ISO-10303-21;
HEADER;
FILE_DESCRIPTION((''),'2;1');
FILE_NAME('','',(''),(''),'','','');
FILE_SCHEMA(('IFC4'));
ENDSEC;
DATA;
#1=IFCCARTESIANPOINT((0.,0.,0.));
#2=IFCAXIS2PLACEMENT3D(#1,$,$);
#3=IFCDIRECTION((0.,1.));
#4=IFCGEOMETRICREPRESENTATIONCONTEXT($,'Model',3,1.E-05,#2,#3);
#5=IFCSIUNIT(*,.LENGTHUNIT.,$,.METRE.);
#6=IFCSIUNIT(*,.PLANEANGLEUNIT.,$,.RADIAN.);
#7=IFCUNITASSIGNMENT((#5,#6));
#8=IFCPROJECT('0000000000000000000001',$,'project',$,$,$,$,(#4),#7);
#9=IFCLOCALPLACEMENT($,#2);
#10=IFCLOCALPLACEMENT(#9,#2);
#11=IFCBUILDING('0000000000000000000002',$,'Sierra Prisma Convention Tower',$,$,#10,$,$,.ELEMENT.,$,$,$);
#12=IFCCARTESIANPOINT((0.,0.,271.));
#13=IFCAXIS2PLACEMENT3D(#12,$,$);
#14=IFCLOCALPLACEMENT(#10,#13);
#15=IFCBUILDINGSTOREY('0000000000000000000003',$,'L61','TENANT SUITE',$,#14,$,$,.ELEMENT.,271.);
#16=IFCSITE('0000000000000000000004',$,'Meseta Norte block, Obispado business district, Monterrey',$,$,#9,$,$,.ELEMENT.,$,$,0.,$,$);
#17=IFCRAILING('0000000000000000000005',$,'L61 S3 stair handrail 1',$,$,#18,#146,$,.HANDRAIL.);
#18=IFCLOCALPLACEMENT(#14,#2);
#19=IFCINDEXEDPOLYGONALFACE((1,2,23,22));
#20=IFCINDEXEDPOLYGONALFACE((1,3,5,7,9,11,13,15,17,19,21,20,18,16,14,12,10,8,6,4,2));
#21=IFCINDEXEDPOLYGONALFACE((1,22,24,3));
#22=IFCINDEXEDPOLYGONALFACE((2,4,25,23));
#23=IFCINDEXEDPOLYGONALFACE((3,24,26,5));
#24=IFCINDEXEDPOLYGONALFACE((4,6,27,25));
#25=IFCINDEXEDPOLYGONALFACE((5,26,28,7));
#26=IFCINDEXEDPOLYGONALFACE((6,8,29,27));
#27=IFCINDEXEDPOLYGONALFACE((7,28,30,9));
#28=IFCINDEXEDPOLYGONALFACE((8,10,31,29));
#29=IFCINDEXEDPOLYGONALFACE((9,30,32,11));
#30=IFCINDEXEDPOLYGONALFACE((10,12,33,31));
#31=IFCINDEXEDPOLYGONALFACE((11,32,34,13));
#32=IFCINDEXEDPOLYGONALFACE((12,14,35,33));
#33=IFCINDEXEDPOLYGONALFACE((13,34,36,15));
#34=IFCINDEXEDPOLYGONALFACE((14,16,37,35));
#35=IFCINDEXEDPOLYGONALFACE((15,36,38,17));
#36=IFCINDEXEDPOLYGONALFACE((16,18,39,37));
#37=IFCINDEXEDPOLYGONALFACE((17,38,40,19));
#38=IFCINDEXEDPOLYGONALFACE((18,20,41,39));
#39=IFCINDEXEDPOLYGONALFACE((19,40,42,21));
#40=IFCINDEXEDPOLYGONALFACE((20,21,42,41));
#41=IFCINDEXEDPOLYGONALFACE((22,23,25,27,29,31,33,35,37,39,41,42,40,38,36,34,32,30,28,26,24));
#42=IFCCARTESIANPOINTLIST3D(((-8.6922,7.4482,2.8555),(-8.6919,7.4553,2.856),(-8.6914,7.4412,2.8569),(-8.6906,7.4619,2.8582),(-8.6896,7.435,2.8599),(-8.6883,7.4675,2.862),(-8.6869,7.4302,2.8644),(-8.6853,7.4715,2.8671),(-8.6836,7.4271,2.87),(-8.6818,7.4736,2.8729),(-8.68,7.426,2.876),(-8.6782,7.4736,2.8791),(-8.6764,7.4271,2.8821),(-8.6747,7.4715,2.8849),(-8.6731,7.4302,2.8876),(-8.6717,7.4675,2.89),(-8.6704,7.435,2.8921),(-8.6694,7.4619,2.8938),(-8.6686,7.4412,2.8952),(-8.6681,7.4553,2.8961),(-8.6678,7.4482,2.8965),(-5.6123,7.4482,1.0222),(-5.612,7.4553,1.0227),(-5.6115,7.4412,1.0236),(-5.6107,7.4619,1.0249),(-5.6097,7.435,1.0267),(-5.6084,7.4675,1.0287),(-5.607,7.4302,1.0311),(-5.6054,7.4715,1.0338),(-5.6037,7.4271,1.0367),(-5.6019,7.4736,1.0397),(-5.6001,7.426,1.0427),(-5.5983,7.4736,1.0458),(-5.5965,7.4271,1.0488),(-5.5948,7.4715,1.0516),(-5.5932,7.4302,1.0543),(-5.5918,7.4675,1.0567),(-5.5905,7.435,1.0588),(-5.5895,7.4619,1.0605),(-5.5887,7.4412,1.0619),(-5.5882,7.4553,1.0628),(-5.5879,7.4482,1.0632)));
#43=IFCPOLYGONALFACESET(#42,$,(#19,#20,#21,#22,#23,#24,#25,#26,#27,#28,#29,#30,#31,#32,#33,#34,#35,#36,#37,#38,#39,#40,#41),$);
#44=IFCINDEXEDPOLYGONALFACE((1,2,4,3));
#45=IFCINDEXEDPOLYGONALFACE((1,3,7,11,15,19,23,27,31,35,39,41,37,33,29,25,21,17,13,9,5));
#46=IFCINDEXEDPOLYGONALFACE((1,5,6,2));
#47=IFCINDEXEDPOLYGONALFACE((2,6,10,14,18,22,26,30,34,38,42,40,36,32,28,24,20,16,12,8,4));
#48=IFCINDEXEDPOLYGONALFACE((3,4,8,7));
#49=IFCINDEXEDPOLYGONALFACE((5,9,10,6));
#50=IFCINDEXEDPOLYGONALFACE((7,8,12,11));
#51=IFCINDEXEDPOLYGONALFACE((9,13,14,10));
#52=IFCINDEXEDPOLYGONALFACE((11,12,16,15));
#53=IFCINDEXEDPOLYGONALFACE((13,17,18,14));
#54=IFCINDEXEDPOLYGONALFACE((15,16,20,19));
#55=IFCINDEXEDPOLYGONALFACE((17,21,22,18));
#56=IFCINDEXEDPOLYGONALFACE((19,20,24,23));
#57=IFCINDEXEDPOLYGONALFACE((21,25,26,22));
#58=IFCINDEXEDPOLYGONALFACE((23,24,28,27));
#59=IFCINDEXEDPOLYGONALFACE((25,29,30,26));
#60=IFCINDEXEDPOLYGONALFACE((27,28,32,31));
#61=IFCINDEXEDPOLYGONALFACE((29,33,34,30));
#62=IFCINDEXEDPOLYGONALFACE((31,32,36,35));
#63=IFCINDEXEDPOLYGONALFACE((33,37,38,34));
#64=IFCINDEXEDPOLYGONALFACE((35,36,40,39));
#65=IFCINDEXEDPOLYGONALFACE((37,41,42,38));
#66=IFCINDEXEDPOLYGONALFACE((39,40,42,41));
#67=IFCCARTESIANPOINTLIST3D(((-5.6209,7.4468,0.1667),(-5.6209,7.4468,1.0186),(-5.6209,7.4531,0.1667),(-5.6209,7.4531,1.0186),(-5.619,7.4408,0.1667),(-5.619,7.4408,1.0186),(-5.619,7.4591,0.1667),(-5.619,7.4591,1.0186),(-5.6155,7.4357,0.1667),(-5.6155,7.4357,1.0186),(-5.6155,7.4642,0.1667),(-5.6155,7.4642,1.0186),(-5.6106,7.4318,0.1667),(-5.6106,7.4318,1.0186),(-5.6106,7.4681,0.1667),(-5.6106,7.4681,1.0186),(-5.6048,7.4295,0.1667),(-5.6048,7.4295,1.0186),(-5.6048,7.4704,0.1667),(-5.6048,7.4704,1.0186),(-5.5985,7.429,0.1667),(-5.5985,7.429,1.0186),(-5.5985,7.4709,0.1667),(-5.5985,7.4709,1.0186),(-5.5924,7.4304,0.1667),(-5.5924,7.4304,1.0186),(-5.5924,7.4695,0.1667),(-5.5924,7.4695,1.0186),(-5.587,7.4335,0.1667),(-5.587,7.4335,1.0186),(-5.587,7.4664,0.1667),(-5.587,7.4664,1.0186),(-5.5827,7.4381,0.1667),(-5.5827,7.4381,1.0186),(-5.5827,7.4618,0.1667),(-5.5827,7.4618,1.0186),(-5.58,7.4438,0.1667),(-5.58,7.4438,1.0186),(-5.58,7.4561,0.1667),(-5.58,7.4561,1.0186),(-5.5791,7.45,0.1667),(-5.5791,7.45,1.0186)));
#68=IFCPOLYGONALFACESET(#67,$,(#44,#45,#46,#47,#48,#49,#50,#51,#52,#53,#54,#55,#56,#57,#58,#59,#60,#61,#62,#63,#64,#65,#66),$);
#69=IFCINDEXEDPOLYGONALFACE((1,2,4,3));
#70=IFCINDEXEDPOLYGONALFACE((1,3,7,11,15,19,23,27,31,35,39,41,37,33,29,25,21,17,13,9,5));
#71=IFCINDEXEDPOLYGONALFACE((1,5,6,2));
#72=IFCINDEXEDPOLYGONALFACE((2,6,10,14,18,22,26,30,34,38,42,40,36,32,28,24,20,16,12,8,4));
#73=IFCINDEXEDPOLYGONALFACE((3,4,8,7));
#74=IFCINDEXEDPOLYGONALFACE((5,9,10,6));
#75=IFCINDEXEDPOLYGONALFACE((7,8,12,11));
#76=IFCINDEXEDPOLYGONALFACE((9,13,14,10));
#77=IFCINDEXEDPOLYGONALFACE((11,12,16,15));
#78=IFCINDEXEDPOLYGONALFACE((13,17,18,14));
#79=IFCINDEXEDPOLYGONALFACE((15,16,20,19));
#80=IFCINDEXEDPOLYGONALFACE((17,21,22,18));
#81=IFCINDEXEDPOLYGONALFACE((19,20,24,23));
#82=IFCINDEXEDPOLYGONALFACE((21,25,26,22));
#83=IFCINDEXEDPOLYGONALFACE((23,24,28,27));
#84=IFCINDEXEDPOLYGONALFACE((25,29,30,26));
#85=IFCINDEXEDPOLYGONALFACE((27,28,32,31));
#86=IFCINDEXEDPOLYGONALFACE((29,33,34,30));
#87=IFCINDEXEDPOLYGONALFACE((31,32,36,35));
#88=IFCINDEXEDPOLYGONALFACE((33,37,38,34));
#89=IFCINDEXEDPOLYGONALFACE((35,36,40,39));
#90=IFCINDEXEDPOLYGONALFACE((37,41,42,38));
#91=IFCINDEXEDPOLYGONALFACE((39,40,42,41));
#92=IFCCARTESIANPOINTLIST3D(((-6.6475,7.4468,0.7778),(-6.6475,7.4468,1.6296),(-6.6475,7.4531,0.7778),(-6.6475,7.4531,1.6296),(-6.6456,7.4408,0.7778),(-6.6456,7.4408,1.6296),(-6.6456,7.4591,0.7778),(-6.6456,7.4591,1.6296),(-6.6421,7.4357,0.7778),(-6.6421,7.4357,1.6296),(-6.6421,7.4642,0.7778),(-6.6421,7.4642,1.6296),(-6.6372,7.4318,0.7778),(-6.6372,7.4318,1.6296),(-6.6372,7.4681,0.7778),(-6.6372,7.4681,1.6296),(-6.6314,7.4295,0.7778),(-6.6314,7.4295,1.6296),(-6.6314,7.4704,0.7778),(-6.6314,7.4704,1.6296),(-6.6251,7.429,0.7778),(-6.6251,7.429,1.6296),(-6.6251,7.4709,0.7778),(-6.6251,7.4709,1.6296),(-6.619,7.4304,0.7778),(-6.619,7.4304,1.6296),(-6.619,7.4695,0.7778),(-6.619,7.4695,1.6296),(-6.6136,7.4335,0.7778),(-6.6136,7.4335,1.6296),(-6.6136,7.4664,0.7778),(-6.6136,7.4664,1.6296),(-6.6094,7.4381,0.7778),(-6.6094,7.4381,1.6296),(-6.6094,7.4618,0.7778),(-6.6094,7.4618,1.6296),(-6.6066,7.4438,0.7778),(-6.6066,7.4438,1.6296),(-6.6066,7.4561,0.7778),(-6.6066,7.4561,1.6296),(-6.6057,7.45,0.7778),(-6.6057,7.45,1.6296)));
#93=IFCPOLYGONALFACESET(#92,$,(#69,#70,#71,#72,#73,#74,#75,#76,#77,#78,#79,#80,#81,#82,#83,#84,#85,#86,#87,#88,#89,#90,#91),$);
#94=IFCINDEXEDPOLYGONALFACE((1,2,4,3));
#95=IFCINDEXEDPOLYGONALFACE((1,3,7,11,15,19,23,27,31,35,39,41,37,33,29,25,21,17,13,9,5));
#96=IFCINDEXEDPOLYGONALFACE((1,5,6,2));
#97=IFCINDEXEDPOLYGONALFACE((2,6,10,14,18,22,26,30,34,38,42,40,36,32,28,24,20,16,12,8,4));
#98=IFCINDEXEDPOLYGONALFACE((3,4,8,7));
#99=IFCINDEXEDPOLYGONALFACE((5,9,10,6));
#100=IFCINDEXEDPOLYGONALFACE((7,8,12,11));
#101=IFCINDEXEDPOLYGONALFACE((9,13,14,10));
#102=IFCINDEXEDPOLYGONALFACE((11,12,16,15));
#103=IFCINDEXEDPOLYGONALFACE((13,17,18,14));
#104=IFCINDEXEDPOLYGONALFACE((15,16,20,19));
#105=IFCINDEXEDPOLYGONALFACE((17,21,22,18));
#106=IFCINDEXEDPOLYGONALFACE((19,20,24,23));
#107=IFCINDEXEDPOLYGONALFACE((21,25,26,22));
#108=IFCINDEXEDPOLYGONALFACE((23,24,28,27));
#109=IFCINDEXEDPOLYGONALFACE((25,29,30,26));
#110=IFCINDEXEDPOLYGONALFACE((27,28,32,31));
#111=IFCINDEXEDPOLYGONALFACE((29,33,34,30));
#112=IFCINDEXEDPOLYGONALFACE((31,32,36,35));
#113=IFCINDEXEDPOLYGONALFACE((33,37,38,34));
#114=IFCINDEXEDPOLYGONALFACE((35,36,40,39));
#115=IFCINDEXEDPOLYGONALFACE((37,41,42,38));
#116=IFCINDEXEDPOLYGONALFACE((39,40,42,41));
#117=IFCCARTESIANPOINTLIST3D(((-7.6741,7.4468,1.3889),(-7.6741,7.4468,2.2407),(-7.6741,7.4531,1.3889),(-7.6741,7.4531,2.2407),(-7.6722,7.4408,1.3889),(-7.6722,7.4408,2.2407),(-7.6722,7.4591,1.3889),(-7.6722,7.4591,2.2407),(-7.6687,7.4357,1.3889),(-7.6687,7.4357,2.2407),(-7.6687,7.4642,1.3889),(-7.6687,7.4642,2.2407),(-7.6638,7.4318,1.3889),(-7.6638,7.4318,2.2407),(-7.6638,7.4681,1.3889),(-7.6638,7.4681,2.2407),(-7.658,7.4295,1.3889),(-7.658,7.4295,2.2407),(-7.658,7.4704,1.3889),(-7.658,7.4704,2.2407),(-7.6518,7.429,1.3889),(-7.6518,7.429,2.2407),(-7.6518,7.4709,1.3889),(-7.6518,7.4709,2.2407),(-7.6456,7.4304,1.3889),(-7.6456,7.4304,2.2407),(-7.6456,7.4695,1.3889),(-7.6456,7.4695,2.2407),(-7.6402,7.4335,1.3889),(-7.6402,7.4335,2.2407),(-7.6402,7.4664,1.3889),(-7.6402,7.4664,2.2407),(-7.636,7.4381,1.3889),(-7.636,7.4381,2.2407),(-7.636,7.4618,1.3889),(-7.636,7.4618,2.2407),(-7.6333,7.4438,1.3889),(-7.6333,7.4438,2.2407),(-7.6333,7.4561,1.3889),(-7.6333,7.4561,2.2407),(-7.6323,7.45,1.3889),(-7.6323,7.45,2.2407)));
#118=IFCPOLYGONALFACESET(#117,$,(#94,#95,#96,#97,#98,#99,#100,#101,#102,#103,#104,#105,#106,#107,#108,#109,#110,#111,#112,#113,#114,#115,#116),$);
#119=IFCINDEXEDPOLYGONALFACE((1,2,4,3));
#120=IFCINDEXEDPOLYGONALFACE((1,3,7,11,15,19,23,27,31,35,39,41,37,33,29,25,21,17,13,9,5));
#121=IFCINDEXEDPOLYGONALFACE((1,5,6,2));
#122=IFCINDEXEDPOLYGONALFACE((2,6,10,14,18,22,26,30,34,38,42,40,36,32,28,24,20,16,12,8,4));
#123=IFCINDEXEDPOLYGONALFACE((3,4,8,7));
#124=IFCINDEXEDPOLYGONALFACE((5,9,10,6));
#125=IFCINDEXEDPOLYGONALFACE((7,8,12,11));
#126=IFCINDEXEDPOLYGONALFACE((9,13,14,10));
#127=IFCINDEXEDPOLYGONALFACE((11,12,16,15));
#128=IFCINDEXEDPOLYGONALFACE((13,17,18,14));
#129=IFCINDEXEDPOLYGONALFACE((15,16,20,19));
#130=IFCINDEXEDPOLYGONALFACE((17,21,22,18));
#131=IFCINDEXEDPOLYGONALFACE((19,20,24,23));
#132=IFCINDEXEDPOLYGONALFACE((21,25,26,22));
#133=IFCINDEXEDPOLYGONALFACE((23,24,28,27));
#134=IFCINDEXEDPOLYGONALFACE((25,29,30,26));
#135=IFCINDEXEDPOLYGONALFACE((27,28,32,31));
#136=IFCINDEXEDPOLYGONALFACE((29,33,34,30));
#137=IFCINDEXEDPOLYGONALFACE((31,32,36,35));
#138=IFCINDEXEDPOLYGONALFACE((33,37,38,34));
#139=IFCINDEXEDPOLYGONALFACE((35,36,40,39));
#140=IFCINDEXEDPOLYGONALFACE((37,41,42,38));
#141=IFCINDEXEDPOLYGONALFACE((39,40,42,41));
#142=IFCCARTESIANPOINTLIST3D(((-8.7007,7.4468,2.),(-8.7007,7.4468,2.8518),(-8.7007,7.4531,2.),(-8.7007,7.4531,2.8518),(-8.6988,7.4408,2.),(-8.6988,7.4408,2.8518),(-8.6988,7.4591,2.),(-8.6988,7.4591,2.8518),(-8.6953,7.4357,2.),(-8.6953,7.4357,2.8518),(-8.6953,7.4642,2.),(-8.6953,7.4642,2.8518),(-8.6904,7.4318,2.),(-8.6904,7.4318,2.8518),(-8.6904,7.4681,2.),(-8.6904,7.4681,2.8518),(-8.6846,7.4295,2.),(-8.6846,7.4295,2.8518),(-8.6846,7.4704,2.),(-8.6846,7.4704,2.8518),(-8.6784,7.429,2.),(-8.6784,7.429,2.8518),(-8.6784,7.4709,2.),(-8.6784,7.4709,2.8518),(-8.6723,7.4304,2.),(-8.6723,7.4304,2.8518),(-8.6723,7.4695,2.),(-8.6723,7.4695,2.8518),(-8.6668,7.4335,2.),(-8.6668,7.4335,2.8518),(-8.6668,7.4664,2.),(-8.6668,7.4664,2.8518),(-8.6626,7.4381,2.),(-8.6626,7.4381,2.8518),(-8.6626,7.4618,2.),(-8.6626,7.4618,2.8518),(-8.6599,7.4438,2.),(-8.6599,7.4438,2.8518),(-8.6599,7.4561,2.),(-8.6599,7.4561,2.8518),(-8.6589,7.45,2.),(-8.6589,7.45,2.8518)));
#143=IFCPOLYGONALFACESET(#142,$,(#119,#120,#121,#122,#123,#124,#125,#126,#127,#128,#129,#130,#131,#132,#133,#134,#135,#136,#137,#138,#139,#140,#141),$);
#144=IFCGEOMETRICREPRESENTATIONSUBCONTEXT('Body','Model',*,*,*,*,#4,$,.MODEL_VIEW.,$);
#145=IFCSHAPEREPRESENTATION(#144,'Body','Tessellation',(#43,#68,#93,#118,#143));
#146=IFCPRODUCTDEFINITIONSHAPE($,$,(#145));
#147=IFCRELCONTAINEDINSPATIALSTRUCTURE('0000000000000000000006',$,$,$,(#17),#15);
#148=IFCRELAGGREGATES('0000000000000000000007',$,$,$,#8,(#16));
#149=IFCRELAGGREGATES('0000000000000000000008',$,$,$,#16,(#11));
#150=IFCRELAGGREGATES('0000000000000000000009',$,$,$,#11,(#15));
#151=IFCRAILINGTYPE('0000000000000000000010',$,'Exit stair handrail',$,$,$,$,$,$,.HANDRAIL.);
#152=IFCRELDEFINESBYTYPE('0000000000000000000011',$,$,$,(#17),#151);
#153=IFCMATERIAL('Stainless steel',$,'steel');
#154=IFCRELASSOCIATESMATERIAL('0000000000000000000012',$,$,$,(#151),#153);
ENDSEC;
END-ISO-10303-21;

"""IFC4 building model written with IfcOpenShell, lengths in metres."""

from ifc_helpers import new_model, si_unit, direction, frame, origin, origin_2d, place, context, subcontext, project, spatial, circle, extrude, material, type_object, element, save


model = new_model("IFC4")

# Units and contexts
model_context = context("Model", 3, precision=1e-05, world=origin(), true_north=direction((0.0, 1.0)))
body_context = subcontext(model_context, "Body", "Model", "MODEL_VIEW")
ifc_project = project(units=[si_unit("LENGTHUNIT", "METRE"), si_unit("PLANEANGLEUNIT", "RADIAN")], contexts=[model_context])

# Site, building, storey
site_placement = place(None, origin())
site = spatial("IfcSite", under=ifc_project, at=site_placement, Name="Meseta Norte block, Obispado business district, Monterrey", CompositionType="ELEMENT", RefElevation=0.0)
building_placement = place(site_placement, origin())
building = spatial("IfcBuilding", under=site, at=building_placement, Name="Sierra Prisma Convention Tower", CompositionType="ELEMENT")
storey_placement = place(building_placement, frame((0.0, 0.0, 271.0)))
storey = spatial("IfcBuildingStorey", under=building, at=storey_placement, Name="L61", Description="TENANT SUITE", CompositionType="ELEMENT", Elevation=271.0)

# Railing
ifc_material_1 = material(Name="Stainless steel", Category="steel")
railing_type_1 = type_object("IfcRailingType", Name="Exit stair handrail", PredefinedType="HANDRAIL", material=ifc_material_1)
railing_1_placement = place(storey_placement, frame((-5.6001, 7.45, 0.1667)))
element("IfcRailing", 1, at=railing_1_placement, inside=storey, type_object=railing_type_1, Name="L61 S3 stair handrail 1", PredefinedType="HANDRAIL", context=body_context, shape_type="SweptSolid", body=[
    extrude(circle(Radius=0.0239, at=origin_2d()), frame((0.0, 0.0, 0.876), z_axis=(-0.859291, 0.0, 0.511487), x_axis=(0.0, -1.0, 0.0)), (0.0, 0.0, 1.0), 3.5842),
    extrude(circle(Radius=0.021, at=origin_2d()), origin(), (0.0, 0.0, 1.0), 0.8518),
    extrude(circle(Radius=0.021, at=origin_2d()), frame((-1.0266, 0.0, 0.6111)), (0.0, 0.0, 1.0), 0.8518),
    extrude(circle(Radius=0.021, at=origin_2d()), frame((-2.0532, 0.0, 1.2222)), (0.0, 0.0, 1.0), 0.8518),
    extrude(circle(Radius=0.021, at=origin_2d()), frame((-3.0798, 0.0, 1.8333)), (0.0, 0.0, 1.0), 0.8518),
])

save(model, "model.ifc")
